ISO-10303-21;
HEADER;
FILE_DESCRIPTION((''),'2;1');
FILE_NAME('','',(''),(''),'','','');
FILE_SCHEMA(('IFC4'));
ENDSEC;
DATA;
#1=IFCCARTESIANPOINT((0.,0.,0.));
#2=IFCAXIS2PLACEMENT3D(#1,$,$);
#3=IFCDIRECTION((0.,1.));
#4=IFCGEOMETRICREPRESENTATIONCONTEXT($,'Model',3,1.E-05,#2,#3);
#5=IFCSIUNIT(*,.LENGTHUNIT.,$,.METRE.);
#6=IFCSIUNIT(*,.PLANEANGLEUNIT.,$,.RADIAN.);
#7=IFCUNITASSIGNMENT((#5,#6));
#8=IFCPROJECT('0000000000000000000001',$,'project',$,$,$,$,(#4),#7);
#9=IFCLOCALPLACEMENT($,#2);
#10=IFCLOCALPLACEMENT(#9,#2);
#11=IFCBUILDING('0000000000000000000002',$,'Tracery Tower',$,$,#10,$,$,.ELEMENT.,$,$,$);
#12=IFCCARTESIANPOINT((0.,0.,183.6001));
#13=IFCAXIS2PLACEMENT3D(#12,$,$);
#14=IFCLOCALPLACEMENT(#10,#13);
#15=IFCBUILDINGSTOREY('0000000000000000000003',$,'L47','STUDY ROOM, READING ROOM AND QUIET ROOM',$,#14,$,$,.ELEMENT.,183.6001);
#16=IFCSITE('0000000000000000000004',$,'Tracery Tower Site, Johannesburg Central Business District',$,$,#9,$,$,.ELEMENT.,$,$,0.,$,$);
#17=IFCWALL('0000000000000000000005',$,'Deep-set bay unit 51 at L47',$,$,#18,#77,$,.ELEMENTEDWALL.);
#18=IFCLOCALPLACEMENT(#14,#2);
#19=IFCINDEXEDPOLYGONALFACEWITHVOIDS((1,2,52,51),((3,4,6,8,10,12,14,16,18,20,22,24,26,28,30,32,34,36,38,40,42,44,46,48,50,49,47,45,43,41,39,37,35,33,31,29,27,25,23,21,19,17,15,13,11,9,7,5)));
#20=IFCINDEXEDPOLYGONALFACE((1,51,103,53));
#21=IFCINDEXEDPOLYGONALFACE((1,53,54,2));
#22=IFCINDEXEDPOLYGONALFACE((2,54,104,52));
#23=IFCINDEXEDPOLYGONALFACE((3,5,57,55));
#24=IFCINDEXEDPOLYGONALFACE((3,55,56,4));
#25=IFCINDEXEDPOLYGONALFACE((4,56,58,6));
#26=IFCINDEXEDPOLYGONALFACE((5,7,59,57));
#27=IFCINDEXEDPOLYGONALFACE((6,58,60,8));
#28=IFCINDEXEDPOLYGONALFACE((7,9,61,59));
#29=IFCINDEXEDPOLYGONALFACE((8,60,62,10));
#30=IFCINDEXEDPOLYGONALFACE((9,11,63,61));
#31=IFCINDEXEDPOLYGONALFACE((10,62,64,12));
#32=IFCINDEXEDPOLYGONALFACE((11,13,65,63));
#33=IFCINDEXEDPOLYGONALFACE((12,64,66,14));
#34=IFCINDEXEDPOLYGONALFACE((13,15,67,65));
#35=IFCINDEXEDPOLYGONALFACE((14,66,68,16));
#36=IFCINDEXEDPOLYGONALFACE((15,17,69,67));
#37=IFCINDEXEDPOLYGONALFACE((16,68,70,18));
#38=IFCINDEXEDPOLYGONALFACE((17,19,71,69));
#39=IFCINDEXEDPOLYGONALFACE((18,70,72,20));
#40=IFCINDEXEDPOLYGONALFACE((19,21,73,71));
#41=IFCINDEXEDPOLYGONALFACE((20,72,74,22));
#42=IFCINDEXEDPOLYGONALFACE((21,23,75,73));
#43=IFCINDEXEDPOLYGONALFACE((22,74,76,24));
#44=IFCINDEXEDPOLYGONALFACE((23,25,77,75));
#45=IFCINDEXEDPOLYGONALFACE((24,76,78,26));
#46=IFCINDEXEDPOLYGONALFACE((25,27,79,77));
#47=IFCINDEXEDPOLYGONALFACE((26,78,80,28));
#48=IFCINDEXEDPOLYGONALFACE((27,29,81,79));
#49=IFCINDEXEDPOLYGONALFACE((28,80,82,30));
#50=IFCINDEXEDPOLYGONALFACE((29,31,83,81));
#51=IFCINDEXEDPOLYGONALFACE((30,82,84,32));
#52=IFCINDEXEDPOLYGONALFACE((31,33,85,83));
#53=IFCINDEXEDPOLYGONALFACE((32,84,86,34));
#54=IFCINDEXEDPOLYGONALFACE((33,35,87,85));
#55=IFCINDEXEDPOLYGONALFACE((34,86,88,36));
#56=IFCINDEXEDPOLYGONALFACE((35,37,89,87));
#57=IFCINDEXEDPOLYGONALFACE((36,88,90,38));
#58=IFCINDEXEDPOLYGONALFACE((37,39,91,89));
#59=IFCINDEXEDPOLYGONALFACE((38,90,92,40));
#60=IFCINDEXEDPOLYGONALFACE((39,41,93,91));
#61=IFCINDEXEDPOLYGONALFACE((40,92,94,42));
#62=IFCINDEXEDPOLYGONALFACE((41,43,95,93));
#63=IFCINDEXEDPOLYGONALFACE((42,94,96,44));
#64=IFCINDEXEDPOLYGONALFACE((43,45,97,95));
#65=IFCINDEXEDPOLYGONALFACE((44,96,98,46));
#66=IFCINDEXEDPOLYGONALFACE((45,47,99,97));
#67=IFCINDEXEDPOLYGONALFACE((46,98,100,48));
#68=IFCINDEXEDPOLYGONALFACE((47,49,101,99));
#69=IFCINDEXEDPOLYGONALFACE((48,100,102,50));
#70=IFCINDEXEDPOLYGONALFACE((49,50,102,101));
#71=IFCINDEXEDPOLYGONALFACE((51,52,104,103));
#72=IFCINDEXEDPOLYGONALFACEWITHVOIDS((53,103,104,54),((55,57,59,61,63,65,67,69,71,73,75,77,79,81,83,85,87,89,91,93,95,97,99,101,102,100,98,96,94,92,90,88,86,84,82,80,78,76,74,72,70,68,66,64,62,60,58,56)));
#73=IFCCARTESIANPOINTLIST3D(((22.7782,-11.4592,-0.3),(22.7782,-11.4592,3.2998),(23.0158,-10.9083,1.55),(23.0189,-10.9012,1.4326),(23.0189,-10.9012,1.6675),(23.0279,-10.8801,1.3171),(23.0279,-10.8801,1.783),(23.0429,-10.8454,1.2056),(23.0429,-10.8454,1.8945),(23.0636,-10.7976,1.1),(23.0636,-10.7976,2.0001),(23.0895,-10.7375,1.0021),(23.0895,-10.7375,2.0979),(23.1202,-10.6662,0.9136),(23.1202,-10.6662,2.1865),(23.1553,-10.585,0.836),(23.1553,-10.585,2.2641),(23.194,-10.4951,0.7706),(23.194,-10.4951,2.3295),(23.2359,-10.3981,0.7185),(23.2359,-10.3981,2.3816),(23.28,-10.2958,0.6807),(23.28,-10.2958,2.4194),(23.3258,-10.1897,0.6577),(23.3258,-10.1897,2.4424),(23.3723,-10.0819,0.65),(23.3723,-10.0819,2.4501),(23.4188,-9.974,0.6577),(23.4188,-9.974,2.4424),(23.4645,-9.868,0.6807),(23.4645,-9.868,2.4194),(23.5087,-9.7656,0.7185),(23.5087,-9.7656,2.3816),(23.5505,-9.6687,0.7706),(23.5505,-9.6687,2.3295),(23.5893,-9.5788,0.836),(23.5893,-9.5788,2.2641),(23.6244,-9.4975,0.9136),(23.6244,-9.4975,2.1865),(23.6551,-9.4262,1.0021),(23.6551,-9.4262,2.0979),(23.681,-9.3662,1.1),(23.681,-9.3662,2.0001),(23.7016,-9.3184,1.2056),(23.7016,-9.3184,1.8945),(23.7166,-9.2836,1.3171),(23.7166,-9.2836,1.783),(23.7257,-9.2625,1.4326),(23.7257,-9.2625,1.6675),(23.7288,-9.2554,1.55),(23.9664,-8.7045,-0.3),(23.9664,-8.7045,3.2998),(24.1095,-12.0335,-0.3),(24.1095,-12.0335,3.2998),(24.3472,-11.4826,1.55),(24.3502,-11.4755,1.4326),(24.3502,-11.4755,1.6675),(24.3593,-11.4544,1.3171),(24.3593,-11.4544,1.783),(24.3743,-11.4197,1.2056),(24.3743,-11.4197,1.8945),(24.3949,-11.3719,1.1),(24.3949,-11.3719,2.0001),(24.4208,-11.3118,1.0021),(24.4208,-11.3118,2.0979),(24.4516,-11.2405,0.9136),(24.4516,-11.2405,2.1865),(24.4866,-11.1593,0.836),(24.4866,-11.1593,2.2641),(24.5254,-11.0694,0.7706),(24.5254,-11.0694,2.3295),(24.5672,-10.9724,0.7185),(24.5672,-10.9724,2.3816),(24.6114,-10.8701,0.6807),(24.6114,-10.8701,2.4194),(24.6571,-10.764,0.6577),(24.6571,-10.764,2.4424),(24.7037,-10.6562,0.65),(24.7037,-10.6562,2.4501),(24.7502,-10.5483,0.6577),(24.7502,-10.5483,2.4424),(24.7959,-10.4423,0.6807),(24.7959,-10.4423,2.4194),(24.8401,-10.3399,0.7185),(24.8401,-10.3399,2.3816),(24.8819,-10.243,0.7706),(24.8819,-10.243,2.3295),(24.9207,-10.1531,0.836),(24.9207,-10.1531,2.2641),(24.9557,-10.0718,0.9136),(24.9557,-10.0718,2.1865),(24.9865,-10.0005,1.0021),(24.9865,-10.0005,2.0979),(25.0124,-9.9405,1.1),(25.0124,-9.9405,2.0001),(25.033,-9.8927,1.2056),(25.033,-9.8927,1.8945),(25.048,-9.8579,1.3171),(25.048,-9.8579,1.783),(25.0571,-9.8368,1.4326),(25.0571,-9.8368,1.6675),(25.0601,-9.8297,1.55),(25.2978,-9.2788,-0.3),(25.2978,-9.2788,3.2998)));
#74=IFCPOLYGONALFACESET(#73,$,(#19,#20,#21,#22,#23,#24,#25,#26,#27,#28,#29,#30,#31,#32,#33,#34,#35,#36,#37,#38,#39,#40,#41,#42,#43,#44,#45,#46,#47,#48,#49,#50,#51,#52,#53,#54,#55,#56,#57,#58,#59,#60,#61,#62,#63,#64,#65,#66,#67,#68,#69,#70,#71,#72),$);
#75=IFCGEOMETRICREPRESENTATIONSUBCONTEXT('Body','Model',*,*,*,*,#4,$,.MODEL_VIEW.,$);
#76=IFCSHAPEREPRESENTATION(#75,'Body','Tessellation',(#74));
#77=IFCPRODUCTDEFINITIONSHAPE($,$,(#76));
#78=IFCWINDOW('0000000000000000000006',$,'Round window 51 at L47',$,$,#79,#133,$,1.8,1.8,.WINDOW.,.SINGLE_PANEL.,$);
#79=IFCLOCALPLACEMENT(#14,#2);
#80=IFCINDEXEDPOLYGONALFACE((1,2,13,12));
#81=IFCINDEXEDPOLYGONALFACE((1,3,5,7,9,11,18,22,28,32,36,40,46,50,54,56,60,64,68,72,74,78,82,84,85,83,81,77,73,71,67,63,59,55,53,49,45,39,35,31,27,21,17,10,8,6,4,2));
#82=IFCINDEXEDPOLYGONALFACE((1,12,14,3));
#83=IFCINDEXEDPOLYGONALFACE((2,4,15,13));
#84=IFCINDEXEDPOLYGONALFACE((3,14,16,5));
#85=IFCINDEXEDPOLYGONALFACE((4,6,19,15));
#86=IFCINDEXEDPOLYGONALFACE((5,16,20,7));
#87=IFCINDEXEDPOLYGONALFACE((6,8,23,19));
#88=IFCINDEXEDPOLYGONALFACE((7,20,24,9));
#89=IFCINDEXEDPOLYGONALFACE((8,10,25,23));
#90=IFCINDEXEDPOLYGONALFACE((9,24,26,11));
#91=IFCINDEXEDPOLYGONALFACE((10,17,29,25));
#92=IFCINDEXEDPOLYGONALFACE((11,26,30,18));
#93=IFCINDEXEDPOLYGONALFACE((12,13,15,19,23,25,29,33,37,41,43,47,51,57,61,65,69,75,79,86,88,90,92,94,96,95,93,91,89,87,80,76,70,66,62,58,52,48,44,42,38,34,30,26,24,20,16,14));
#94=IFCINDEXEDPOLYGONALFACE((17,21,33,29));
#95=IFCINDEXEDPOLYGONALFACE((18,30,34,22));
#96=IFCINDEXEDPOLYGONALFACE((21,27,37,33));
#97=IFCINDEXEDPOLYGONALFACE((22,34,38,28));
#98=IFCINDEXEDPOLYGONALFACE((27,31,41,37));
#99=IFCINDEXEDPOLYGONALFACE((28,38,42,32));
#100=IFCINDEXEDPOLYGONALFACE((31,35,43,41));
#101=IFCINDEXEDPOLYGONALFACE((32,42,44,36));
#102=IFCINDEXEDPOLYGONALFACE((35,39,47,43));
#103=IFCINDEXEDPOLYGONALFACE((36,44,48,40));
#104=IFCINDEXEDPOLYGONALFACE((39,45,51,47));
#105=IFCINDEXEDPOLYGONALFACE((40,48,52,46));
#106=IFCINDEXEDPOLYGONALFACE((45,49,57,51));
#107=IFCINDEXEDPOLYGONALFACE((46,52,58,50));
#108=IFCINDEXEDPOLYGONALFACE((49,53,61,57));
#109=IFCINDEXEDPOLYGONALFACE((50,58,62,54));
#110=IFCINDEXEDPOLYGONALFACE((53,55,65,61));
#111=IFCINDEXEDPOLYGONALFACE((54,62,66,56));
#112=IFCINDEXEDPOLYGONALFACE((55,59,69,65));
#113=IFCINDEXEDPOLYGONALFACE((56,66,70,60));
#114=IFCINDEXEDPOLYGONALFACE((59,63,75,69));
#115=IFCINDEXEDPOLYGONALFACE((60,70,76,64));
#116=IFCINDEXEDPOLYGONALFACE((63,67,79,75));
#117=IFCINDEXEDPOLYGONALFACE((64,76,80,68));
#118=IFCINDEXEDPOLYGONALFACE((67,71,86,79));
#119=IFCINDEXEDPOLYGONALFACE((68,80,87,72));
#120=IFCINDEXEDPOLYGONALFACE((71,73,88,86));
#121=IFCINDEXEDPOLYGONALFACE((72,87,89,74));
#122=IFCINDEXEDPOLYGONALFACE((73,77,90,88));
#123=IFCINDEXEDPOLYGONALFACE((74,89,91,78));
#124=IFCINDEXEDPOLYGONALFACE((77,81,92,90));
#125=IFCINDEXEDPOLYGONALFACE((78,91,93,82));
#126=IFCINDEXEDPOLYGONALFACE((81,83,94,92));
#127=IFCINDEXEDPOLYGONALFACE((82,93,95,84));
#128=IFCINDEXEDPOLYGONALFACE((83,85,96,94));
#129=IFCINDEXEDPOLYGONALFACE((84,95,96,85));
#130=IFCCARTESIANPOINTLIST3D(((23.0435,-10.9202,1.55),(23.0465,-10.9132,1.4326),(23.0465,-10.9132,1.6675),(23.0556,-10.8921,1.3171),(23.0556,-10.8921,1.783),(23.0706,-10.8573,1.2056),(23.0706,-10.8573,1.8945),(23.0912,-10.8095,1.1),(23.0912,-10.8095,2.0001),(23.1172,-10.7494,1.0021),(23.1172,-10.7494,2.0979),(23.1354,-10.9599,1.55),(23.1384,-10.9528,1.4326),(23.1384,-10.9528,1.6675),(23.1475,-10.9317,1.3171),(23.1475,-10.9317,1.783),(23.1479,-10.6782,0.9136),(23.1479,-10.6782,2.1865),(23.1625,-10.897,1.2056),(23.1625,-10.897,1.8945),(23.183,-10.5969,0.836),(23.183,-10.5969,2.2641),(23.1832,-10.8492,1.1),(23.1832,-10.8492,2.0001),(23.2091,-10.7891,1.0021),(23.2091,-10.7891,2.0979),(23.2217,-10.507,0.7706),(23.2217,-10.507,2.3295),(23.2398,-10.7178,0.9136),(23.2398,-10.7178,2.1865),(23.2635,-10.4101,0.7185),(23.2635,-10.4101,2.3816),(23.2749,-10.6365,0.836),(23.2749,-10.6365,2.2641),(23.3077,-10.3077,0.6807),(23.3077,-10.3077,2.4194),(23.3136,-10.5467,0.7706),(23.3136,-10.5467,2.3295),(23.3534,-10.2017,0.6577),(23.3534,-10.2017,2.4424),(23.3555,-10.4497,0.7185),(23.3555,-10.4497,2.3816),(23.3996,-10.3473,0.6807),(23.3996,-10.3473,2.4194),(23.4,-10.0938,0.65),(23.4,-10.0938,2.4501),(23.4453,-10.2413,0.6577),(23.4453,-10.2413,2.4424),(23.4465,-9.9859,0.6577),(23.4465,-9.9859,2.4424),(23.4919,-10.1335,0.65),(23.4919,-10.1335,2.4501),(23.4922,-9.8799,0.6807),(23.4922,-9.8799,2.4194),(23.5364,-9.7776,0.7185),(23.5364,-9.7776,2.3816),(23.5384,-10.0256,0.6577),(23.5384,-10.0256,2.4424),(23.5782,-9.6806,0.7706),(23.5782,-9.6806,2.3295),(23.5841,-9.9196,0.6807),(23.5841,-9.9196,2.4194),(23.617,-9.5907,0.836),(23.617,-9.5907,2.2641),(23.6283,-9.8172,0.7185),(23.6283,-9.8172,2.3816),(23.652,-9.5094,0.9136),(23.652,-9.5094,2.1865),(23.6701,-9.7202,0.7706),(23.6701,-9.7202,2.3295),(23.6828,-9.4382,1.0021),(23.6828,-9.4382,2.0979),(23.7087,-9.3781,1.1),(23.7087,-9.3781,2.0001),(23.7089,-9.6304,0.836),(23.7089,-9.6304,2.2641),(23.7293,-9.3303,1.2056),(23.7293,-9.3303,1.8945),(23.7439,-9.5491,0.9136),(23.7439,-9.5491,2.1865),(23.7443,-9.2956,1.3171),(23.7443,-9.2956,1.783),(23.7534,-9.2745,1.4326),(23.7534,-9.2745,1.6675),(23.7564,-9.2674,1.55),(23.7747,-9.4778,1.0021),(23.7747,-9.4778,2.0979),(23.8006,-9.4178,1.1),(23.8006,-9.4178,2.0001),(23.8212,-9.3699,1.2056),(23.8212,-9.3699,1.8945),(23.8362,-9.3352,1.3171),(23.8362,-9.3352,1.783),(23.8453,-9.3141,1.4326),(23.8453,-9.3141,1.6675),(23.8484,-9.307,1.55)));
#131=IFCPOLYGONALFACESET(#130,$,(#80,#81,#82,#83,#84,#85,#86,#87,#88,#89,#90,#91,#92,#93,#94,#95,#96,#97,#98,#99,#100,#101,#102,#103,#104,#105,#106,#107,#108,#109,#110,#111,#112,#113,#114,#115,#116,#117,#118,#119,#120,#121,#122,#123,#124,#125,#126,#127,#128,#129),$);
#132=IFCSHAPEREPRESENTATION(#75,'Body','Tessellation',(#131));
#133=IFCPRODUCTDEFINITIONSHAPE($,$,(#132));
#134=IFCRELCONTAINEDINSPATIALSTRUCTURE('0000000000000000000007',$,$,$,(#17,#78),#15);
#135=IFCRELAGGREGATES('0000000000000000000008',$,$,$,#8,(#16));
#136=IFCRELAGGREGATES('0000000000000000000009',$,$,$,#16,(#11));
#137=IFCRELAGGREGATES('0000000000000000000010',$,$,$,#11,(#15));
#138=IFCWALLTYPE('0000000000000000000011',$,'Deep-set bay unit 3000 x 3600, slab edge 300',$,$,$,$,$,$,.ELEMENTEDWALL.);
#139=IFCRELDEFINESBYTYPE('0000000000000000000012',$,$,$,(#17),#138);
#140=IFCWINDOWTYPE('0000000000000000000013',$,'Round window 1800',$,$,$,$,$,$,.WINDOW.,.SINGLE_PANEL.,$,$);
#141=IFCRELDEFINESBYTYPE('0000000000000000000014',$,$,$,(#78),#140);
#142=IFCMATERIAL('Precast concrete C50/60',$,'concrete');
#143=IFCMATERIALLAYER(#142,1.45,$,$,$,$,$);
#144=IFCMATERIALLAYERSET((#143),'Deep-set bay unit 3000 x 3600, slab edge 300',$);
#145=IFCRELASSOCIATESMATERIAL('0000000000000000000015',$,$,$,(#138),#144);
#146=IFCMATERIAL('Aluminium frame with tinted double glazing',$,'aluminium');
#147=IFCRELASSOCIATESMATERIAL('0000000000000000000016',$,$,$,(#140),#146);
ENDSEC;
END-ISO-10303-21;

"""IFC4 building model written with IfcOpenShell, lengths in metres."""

from ifc_helpers import new_model, si_unit, direction, frame, frame_2d, origin, origin_2d, place, context, subcontext, project, spatial, rectangle, circle, extrude, material, layer, layer_set, type_object, element, fill, save


model = new_model("IFC4")

# Units and contexts
model_context = context("Model", 3, precision=1e-05, world=origin(), true_north=direction((0.0, 1.0)))
body_context = subcontext(model_context, "Body", "Model", "MODEL_VIEW")
ifc_project = project(units=[si_unit("LENGTHUNIT", "METRE"), si_unit("PLANEANGLEUNIT", "RADIAN")], contexts=[model_context])

# Site, building, storey
site_placement = place(None, origin())
site = spatial("IfcSite", under=ifc_project, at=site_placement, Name="Tracery Tower Site, Johannesburg Central Business District", CompositionType="ELEMENT", RefElevation=0.0)
building_placement = place(site_placement, origin())
building = spatial("IfcBuilding", under=site, at=building_placement, Name="Tracery Tower", CompositionType="ELEMENT")
storey_placement = place(building_placement, frame((0.0, 0.0, 183.6001)))
storey = spatial("IfcBuildingStorey", under=building, at=storey_placement, Name="L47", Description="STUDY ROOM, READING ROOM AND QUIET ROOM", CompositionType="ELEMENT", Elevation=183.6001)

# Wall, opening, window
ifc_material_1 = material(Name="Precast concrete C50/60", Category="concrete")
ifc_layer_1 = layer(ifc_material_1, 1.45)
ifc_layer_set_1 = layer_set([ifc_layer_1], Name="Deep-set bay unit 3000 x 3600, slab edge 300")
wall_type_1 = type_object("IfcWallType", Name="Deep-set bay unit 3000 x 3600, slab edge 300", PredefinedType="ELEMENTEDWALL", material=ifc_layer_set_1)
wall_1_placement = place(storey_placement, frame((23.4438, -11.7463, -0.3), z_axis=(0.0, 0.0, 1.0), x_axis=(0.396079, 0.918216, 0.0)))
wall_1 = element("IfcWall", 1, at=wall_1_placement, inside=storey, type_object=wall_type_1, Name="Deep-set bay unit 51 at L47", PredefinedType="ELEMENTEDWALL", context=body_context, shape_type="SweptSolid", body=[
    extrude(rectangle(XDim=3.0, YDim=1.45, at=frame_2d((1.5, 0.0))), origin(), (0.0, 0.0, 1.0), 3.5999),
])
opening_1_placement = place(wall_1_placement, frame((1.5, 0.0, 1.8501)))
opening_1 = element("IfcOpeningElement", 2, at=opening_1_placement, cuts=wall_1, PredefinedType="OPENING", context=body_context, shape_type="SweptSolid", body=[
    extrude(circle(Radius=0.9, at=origin_2d()), frame((0.0, 0.7349, 0.0), z_axis=(0.0, -1.0, 0.0), x_axis=(1.0, 0.0, 0.0)), (0.0, 0.0, 1.0), 1.47),
])
ifc_material_2 = material(Name="Aluminium frame with tinted double glazing", Category="aluminium")
window_type = type_object("IfcWindowType", Name="Round window 1800", PartitioningType="SINGLE_PANEL", PredefinedType="WINDOW", material=ifc_material_2)
window_1_placement = place(opening_1_placement, origin())
window_1 = element("IfcWindow", 3, at=window_1_placement, inside=storey, type_object=window_type, Name="Round window 51 at L47", OverallHeight=1.8, OverallWidth=1.8, PartitioningType="SINGLE_PANEL", PredefinedType="WINDOW", context=body_context, shape_type="SweptSolid", body=[
    extrude(circle(Radius=0.9, at=origin_2d()), frame((0.0, 0.6948, 0.0), z_axis=(0.0, -1.0, 0.0), x_axis=(1.0, 0.0, 0.0)), (0.0, 0.0, 1.0), 0.1001),
])
fill(opening_1, window_1)

save(model, "model.ifc")
